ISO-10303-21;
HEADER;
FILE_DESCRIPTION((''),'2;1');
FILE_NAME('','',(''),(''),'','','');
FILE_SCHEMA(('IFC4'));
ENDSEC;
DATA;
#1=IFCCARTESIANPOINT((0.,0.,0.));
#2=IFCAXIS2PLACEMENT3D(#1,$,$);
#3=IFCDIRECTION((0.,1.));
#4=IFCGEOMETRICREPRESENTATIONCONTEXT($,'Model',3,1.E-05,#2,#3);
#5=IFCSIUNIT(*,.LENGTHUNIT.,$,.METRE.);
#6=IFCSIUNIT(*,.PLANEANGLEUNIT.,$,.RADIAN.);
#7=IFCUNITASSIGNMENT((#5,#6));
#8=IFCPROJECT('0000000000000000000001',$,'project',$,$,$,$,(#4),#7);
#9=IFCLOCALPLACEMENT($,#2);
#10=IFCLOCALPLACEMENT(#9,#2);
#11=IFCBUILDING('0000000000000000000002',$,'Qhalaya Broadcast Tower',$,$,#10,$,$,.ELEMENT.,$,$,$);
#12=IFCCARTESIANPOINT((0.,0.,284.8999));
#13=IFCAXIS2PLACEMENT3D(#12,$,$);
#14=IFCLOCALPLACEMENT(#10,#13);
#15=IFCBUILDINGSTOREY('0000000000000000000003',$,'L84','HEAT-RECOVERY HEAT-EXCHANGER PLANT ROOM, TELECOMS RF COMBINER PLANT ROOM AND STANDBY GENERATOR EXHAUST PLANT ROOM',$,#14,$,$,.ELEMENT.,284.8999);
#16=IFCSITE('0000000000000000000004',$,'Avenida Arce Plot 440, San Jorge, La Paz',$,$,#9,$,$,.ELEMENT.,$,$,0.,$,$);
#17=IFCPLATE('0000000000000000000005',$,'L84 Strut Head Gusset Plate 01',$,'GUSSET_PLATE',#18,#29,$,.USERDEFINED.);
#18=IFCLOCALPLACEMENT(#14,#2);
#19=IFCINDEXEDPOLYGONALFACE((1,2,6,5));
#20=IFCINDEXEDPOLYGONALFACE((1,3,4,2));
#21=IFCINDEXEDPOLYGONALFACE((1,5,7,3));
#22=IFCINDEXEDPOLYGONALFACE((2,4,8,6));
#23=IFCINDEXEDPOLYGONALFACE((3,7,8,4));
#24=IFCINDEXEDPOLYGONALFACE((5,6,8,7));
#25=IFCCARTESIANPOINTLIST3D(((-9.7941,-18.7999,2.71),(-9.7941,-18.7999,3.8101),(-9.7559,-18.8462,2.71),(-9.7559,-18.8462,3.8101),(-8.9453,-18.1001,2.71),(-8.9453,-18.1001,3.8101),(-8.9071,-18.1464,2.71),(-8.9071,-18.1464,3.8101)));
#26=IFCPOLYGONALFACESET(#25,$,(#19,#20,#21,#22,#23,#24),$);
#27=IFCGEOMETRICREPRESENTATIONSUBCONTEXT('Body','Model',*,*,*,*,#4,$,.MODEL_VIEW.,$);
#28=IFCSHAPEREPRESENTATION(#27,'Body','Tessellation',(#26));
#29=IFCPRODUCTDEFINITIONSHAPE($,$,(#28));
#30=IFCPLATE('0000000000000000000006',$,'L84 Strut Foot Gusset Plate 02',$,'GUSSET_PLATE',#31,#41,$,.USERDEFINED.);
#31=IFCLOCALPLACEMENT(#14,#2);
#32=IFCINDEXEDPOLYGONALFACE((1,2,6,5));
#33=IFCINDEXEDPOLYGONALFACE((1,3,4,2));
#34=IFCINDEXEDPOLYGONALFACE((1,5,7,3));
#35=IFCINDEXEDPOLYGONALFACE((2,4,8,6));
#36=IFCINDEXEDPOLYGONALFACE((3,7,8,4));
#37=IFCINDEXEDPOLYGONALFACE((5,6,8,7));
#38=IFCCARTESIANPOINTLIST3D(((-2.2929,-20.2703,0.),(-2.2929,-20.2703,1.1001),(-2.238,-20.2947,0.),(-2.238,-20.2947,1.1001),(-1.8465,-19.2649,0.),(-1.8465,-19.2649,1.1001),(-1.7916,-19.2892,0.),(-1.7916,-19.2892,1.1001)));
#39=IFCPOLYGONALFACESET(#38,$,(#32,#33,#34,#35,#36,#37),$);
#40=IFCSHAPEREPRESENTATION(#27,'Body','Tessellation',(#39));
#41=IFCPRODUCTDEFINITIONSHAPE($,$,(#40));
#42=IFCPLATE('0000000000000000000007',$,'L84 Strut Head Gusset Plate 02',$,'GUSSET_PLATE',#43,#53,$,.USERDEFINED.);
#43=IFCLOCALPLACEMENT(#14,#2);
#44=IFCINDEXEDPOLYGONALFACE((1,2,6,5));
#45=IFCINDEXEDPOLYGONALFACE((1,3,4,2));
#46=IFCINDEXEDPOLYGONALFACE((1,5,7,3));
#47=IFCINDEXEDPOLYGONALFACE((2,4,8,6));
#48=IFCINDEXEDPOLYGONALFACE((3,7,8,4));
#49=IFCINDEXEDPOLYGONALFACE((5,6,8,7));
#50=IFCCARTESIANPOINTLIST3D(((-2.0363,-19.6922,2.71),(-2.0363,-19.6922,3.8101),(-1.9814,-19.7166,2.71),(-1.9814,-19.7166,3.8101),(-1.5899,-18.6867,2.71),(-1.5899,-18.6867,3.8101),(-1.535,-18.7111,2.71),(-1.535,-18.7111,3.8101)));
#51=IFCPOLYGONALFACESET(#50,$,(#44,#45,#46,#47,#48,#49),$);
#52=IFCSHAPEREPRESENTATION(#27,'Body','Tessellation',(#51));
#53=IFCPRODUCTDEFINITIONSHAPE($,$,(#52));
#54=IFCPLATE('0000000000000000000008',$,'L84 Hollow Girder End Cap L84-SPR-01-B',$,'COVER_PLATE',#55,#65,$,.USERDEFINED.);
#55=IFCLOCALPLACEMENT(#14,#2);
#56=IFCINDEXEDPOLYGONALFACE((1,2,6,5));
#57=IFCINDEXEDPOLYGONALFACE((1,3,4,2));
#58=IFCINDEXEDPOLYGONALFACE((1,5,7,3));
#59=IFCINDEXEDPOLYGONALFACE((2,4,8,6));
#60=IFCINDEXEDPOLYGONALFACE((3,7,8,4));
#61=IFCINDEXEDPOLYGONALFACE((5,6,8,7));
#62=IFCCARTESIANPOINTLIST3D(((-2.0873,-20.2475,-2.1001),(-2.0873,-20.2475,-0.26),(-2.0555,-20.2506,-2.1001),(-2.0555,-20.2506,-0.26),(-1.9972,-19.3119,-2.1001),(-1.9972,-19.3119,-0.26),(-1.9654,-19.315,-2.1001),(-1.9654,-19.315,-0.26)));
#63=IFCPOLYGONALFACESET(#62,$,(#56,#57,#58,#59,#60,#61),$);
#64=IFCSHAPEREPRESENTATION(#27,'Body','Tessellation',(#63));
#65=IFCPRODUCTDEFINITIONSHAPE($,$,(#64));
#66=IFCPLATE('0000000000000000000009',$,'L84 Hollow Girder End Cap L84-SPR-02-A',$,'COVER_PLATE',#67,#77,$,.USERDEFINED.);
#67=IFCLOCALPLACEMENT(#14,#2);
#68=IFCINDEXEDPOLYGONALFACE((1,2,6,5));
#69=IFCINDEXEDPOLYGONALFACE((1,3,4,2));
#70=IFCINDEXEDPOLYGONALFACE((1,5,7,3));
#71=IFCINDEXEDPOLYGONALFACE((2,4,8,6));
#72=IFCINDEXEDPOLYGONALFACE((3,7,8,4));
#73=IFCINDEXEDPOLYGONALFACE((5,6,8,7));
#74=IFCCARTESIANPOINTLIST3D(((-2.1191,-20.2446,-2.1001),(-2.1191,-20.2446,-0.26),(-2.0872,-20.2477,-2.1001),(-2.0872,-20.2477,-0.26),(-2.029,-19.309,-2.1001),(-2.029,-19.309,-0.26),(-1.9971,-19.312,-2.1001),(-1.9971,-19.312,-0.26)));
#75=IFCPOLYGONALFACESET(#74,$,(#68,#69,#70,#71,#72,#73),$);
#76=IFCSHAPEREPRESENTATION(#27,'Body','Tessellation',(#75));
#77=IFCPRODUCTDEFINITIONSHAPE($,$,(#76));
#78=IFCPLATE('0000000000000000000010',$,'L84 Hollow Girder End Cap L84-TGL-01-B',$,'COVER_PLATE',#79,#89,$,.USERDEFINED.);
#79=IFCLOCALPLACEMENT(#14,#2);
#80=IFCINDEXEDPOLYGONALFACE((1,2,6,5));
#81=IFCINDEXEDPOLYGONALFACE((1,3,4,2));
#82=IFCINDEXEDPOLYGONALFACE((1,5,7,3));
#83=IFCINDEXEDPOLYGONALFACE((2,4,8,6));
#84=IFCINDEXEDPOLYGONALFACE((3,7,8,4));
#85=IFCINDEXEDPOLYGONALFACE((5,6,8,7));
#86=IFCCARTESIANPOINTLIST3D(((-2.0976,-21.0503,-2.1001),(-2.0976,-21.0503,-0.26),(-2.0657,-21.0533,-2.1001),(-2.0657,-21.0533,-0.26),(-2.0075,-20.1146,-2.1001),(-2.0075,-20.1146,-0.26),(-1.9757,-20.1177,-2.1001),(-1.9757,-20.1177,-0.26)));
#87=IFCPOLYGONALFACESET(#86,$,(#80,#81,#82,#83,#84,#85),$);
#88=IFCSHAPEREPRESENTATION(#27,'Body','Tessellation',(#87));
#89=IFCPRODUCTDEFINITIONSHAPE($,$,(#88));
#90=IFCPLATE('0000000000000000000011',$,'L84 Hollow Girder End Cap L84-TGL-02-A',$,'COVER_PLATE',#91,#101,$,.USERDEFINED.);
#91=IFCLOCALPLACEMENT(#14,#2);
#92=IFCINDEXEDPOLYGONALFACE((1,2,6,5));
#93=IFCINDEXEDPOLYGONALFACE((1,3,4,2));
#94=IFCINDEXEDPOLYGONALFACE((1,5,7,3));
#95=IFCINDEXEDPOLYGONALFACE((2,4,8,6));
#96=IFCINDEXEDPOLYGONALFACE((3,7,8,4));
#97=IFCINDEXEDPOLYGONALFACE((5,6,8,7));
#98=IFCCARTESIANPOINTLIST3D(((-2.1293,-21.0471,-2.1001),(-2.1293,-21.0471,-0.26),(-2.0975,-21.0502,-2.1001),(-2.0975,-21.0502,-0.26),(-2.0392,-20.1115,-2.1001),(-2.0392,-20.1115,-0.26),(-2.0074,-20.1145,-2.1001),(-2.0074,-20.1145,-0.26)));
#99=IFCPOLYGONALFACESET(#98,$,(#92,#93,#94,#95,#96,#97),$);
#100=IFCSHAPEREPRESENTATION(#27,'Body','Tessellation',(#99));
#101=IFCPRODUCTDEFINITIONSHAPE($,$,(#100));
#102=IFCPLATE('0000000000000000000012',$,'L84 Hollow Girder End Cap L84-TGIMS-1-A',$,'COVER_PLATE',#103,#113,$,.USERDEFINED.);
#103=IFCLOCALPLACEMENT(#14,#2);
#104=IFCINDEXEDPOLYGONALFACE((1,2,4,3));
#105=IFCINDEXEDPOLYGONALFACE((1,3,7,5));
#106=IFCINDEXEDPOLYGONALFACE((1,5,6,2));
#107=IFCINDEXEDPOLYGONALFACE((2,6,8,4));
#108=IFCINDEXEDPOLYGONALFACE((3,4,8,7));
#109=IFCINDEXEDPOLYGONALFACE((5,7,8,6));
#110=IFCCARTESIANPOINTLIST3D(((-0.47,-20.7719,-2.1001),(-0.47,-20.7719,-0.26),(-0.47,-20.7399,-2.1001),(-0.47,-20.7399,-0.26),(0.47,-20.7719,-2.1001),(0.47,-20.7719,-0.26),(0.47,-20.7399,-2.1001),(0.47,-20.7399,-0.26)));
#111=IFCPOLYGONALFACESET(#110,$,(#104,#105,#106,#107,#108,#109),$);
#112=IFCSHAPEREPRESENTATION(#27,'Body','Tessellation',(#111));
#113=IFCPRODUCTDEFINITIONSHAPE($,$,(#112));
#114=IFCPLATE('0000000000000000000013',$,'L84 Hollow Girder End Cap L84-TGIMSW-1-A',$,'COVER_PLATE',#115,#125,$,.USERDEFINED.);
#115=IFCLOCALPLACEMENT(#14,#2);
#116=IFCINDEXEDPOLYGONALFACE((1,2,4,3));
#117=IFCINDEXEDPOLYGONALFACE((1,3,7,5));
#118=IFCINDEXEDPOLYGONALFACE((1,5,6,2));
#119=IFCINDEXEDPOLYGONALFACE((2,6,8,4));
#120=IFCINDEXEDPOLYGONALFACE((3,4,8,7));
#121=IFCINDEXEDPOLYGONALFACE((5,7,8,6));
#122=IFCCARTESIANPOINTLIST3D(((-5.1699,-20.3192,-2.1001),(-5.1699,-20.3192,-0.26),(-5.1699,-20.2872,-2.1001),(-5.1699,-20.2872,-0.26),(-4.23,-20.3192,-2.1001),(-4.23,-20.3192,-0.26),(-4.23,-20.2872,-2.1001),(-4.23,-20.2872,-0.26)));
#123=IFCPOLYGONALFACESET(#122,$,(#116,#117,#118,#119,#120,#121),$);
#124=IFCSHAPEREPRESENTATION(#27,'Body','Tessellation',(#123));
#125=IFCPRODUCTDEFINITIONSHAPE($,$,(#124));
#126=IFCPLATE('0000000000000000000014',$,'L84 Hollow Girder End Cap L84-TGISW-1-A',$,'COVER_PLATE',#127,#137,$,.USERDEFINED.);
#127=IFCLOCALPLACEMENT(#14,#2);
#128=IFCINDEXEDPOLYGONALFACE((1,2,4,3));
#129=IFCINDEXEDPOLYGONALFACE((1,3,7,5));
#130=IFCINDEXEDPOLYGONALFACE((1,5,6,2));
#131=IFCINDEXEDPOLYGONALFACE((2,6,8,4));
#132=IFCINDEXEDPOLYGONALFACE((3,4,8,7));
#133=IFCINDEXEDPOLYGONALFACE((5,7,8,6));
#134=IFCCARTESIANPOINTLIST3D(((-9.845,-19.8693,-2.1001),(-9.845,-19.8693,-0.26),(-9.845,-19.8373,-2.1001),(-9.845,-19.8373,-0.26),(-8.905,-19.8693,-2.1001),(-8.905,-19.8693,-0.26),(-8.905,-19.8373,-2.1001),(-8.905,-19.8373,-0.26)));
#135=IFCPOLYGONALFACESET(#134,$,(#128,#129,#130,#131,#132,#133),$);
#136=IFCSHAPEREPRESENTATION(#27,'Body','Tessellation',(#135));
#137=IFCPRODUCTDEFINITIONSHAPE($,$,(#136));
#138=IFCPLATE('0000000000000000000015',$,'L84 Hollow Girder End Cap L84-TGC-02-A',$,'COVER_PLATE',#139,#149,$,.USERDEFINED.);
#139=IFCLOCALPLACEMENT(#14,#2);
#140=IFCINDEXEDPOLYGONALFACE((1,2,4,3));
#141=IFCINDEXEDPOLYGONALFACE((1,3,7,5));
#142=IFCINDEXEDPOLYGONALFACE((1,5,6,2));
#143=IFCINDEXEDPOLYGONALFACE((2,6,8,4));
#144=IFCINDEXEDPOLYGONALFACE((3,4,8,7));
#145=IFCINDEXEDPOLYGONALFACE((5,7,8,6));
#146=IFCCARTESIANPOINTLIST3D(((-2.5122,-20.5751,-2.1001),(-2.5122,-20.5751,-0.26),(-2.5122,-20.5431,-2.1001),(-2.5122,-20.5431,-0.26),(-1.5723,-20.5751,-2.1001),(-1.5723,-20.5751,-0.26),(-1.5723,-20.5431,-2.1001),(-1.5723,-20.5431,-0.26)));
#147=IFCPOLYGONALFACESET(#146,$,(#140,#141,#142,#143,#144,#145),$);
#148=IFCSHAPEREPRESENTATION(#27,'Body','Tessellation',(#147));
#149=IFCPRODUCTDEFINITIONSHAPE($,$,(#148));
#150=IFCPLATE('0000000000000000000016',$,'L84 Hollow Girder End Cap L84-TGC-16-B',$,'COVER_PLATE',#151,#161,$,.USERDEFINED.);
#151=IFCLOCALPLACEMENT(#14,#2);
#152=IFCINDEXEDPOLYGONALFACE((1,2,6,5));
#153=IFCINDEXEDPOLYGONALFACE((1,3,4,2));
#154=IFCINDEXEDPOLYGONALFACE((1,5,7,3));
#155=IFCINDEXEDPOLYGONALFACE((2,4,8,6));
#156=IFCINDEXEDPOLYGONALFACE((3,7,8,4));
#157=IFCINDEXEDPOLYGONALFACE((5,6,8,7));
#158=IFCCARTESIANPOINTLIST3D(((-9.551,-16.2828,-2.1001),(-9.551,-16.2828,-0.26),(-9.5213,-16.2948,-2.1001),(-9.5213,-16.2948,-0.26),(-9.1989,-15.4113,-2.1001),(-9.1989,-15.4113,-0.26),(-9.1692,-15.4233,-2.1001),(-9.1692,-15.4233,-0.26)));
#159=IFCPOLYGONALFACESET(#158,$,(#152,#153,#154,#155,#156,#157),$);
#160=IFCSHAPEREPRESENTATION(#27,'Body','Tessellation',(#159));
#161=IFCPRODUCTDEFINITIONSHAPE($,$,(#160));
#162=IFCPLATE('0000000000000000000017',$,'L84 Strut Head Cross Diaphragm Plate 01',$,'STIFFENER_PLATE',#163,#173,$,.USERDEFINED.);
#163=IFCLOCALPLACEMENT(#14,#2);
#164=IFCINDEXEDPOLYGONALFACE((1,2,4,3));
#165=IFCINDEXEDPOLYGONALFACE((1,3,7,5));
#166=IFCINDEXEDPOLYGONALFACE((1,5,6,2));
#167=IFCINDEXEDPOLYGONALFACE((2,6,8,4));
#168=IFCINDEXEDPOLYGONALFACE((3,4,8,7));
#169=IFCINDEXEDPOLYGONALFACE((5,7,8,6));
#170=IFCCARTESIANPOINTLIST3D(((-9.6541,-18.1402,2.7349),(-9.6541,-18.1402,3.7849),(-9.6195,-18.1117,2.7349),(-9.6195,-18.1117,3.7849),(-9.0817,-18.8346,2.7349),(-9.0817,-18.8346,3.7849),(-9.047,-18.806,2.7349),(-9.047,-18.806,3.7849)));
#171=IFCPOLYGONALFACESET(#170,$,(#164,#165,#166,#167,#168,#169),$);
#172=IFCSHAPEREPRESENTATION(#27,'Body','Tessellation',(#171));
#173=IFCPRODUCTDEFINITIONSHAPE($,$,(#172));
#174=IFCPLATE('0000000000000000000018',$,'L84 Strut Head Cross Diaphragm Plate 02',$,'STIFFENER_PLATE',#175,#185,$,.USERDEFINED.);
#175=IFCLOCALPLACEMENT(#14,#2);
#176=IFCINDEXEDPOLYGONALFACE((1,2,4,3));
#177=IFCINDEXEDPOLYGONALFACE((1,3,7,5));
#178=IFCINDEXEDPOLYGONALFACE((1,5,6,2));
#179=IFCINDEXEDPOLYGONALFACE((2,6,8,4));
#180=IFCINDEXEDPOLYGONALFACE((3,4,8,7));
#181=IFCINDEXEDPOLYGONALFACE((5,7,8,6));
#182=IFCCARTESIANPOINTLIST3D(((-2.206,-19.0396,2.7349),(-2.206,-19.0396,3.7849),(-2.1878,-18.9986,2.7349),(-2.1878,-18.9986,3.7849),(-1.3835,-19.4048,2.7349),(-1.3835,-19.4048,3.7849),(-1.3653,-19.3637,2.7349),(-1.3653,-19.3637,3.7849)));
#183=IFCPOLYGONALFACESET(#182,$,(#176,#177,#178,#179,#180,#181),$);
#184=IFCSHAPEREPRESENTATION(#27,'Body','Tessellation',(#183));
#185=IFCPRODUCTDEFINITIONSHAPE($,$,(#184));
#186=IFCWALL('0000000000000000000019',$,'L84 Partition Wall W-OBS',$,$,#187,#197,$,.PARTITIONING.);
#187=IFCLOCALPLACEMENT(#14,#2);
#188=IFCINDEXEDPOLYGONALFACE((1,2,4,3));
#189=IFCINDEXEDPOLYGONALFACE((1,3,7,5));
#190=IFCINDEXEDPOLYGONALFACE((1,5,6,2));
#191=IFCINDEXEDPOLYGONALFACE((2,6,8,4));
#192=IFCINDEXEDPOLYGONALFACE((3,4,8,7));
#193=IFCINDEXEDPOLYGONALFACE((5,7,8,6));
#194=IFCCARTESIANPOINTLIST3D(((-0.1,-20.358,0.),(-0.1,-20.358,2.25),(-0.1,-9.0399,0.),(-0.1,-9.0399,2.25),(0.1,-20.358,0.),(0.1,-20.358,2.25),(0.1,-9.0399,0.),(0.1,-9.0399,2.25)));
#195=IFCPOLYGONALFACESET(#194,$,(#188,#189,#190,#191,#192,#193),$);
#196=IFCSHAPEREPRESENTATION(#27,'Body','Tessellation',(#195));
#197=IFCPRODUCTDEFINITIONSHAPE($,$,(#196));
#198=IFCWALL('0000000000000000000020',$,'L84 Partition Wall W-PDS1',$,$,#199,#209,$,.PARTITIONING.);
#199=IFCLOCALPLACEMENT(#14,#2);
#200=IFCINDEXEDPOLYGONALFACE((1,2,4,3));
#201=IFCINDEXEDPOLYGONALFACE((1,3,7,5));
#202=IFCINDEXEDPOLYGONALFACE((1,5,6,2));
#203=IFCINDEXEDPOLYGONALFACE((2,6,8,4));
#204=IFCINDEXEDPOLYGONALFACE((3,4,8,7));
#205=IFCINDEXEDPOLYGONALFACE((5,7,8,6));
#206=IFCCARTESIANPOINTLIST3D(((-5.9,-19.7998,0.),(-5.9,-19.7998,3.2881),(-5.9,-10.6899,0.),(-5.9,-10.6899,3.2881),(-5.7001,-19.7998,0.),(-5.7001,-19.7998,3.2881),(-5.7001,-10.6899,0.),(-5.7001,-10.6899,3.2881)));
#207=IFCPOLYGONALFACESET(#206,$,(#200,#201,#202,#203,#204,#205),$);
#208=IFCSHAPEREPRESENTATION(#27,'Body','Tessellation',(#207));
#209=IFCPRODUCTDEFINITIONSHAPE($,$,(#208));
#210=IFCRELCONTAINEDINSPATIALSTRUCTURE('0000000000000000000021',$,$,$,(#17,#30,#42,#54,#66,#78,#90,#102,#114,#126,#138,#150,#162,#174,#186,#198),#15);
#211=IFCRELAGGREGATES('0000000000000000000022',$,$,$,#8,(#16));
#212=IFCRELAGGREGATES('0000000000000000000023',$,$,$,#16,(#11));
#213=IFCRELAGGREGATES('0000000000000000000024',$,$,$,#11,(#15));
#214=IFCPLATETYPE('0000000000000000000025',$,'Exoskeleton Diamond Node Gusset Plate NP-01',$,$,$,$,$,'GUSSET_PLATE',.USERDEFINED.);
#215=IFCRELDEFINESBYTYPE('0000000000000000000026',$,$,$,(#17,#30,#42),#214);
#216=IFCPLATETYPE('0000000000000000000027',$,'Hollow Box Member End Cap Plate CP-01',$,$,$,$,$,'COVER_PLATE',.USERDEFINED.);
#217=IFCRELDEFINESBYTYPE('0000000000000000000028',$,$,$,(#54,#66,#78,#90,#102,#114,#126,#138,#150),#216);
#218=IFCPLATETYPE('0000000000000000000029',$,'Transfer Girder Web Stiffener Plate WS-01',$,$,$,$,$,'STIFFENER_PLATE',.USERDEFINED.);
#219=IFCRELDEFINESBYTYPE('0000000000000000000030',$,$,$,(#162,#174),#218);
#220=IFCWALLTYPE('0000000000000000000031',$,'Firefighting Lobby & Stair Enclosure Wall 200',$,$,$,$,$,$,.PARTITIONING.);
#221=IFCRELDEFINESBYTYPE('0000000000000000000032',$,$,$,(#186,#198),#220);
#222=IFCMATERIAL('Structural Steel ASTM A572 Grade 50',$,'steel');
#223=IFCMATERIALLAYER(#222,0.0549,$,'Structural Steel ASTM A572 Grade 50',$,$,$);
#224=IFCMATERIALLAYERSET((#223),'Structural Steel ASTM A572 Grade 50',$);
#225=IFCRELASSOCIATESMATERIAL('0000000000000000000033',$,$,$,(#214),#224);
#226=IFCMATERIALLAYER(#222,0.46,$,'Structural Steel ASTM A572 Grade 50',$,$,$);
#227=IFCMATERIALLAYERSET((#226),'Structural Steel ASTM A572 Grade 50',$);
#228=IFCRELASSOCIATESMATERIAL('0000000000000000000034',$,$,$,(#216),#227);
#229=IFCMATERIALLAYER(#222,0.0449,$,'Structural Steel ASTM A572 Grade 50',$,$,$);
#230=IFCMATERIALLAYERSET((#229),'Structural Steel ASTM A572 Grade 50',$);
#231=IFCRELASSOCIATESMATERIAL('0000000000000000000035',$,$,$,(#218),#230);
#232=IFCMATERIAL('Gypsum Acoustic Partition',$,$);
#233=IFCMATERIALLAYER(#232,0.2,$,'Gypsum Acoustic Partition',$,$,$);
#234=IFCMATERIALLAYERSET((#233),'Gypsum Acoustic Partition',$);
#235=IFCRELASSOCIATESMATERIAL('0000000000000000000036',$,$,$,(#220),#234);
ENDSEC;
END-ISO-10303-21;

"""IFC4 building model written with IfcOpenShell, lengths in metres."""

from ifc_helpers import new_model, si_unit, direction, frame, frame_2d, origin, origin_2d, place, context, subcontext, project, spatial, rectangle, extrude, material, layer, layer_set, type_object, element, save


model = new_model("IFC4")

# Units and contexts
model_context = context("Model", 3, precision=1e-05, world=origin(), true_north=direction((0.0, 1.0)))
body_context = subcontext(model_context, "Body", "Model", "MODEL_VIEW")
ifc_project = project(units=[si_unit("LENGTHUNIT", "METRE"), si_unit("PLANEANGLEUNIT", "RADIAN")], contexts=[model_context])

# Site, building, storey
site_placement = place(None, origin())
site = spatial("IfcSite", under=ifc_project, at=site_placement, Name="Avenida Arce Plot 440, San Jorge, La Paz", CompositionType="ELEMENT", RefElevation=0.0)
building_placement = place(site_placement, origin())
building = spatial("IfcBuilding", under=site, at=building_placement, Name="Qhalaya Broadcast Tower", CompositionType="ELEMENT")
storey_placement = place(building_placement, frame((0.0, 0.0, 284.8999)))
storey = spatial("IfcBuildingStorey", under=building, at=storey_placement, Name="L84", Description="HEAT-RECOVERY HEAT-EXCHANGER PLANT ROOM, TELECOMS RF COMBINER PLANT ROOM AND STANDBY GENERATOR EXHAUST PLANT ROOM", CompositionType="ELEMENT", Elevation=284.8999)

# Shared definitions
ifc_material_1 = material(Name="Structural Steel ASTM A572 Grade 50", Category="steel")

# Plates
ifc_layer_1 = layer(ifc_material_1, 0.0549, Name="Structural Steel ASTM A572 Grade 50")
ifc_layer_set_1 = layer_set([ifc_layer_1], Name="Structural Steel ASTM A572 Grade 50")
plate_type_1 = type_object("IfcPlateType", Name="Exoskeleton Diamond Node Gusset Plate NP-01", ElementType="GUSSET_PLATE", PredefinedType="USERDEFINED", material=ifc_layer_set_1)
for number, where, z_axis, x_axis, name in (
    (1, (-9.3506, -18.4731, 2.71), (0.0, 0.0, 1.0), (0.771613, 0.636092, 0.0), "L84 Strut Head Gusset Plate 01"),
    (2, (-2.0422, -19.7798, 0.0), (0.0, 0.0, 1.0), (0.405764, 0.913978, 0.0), "L84 Strut Foot Gusset Plate 02"),
    (3, (-1.7856, -19.2017, 2.71), (0.0, 0.0, 1.0), (0.405764, 0.913978, 0.0), "L84 Strut Head Gusset Plate 02"),
):
    element("IfcPlate", number, at=place(storey_placement, frame(where, z_axis=z_axis, x_axis=x_axis)), inside=storey, type_object=plate_type_1, Name=name, ObjectType="GUSSET_PLATE", PredefinedType="USERDEFINED", context=body_context, shape_type="SweptSolid", body=[
        extrude(rectangle(XDim=1.1001, YDim=0.0601, at=origin_2d()), origin(), (0.0, 0.0, 1.0), 1.1001),
    ])
ifc_layer_2 = layer(ifc_material_1, 0.46, Name="Structural Steel ASTM A572 Grade 50")
ifc_layer_set_2 = layer_set([ifc_layer_2], Name="Structural Steel ASTM A572 Grade 50")
plate_type_2 = type_object("IfcPlateType", Name="Hollow Box Member End Cap Plate CP-01", ElementType="COVER_PLATE", PredefinedType="USERDEFINED", material=ifc_layer_set_2)
for number, where, z_axis, x_axis, name in (
    (4, (-2.0264, -19.7812, -2.1001), (0.0, 0.0, 1.0), (0.095846, 0.995396, 0.0), "L84 Hollow Girder End Cap L84-SPR-01-B"),
    (5, (-2.0581, -19.7783, -2.1001), (0.0, 0.0, 1.0), (0.095846, 0.995396, 0.0), "L84 Hollow Girder End Cap L84-SPR-02-A"),
    (6, (-2.0366, -20.584, -2.1001), (0.0, 0.0, 1.0), (0.095828, 0.995398, 0.0), "L84 Hollow Girder End Cap L84-TGL-01-B"),
    (7, (-2.0684, -20.5808, -2.1001), (0.0, 0.0, 1.0), (0.095846, 0.995396, 0.0), "L84 Hollow Girder End Cap L84-TGL-02-A"),
    (8, (0.0, -20.7559, -2.1001), (0.0, 0.0, 1.0), (-1.0, 0.0, 0.0), "L84 Hollow Girder End Cap L84-TGIMS-1-A"),
    (9, (-4.7, -20.3032, -2.1001), (0.0, 0.0, 1.0), (-1.0, 0.0, 0.0), "L84 Hollow Girder End Cap L84-TGIMSW-1-A"),
    (10, (-9.375, -19.8533, -2.1001), (0.0, 0.0, 1.0), (-1.0, 0.0, 0.0), "L84 Hollow Girder End Cap L84-TGISW-1-A"),
    (11, (-2.0422, -20.5591, -2.1001), (0.0, 0.0, 1.0), (-1.0, 0.0, 0.0), "L84 Hollow Girder End Cap L84-TGC-02-A"),
    (12, (-9.3601, -15.853, -2.1001), (0.0, 0.0, 1.0), (0.374607, 0.927184, 0.0), "L84 Hollow Girder End Cap L84-TGC-16-B"),
):
    element("IfcPlate", number, at=place(storey_placement, frame(where, z_axis=z_axis, x_axis=x_axis)), inside=storey, type_object=plate_type_2, Name=name, ObjectType="COVER_PLATE", PredefinedType="USERDEFINED", context=body_context, shape_type="SweptSolid", body=[
        extrude(rectangle(XDim=0.9399, YDim=0.032, at=origin_2d()), origin(), (0.0, 0.0, 1.0), 1.8401),
    ])
ifc_layer_3 = layer(ifc_material_1, 0.0449, Name="Structural Steel ASTM A572 Grade 50")
ifc_layer_set_3 = layer_set([ifc_layer_3], Name="Structural Steel ASTM A572 Grade 50")
plate_type_3 = type_object("IfcPlateType", Name="Transfer Girder Web Stiffener Plate WS-01", ElementType="STIFFENER_PLATE", PredefinedType="USERDEFINED", material=ifc_layer_set_3)
for number, where, z_axis, x_axis, name in (
    (13, (-9.3506, -18.4731, 2.7349), (0.0, 0.0, 1.0), (-0.636092, 0.771613, 0.0), "L84 Strut Head Cross Diaphragm Plate 01"),
    (14, (-1.7856, -19.2017, 2.7349), (0.0, 0.0, 1.0), (-0.913978, 0.405764, 0.0), "L84 Strut Head Cross Diaphragm Plate 02"),
):
    element("IfcPlate", number, at=place(storey_placement, frame(where, z_axis=z_axis, x_axis=x_axis)), inside=storey, type_object=plate_type_3, Name=name, ObjectType="STIFFENER_PLATE", PredefinedType="USERDEFINED", context=body_context, shape_type="SweptSolid", body=[
        extrude(rectangle(XDim=0.8999, YDim=0.0449, at=origin_2d()), origin(), (0.0, 0.0, 1.0), 1.05),
    ])

# Walls
ifc_material_2 = material(Name="Gypsum Acoustic Partition")
ifc_layer_4 = layer(ifc_material_2, 0.2, Name="Gypsum Acoustic Partition")
ifc_layer_set_4 = layer_set([ifc_layer_4], Name="Gypsum Acoustic Partition")
wall_type = type_object("IfcWallType", Name="Firefighting Lobby & Stair Enclosure Wall 200", PredefinedType="PARTITIONING", material=ifc_layer_set_4)
wall_1_placement = place(storey_placement, frame((0.0, -20.3582, 0.0), z_axis=(0.0, 0.0, 1.0), x_axis=(0.0, 1.0, 0.0)))
element("IfcWall", 15, at=wall_1_placement, inside=storey, type_object=wall_type, Name="L84 Partition Wall W-OBS", PredefinedType="PARTITIONING", context=body_context, shape_type="SweptSolid", body=[
    extrude(rectangle(XDim=11.3181, YDim=0.2, at=frame_2d((5.6592, 0.0))), origin(), (0.0, 0.0, 1.0), 2.25),
])
wall_2_placement = place(storey_placement, frame((-5.8, -19.7998, 0.0), z_axis=(0.0, 0.0, 1.0), x_axis=(0.0, 1.0, 0.0)))
element("IfcWall", 16, at=wall_2_placement, inside=storey, type_object=wall_type, Name="L84 Partition Wall W-PDS1", PredefinedType="PARTITIONING", context=body_context, shape_type="SweptSolid", body=[
    extrude(rectangle(XDim=9.1099, YDim=0.2, at=frame_2d((4.5549, 0.0))), origin(), (0.0, 0.0, 1.0), 3.2881),
])

save(model, "model.ifc")
